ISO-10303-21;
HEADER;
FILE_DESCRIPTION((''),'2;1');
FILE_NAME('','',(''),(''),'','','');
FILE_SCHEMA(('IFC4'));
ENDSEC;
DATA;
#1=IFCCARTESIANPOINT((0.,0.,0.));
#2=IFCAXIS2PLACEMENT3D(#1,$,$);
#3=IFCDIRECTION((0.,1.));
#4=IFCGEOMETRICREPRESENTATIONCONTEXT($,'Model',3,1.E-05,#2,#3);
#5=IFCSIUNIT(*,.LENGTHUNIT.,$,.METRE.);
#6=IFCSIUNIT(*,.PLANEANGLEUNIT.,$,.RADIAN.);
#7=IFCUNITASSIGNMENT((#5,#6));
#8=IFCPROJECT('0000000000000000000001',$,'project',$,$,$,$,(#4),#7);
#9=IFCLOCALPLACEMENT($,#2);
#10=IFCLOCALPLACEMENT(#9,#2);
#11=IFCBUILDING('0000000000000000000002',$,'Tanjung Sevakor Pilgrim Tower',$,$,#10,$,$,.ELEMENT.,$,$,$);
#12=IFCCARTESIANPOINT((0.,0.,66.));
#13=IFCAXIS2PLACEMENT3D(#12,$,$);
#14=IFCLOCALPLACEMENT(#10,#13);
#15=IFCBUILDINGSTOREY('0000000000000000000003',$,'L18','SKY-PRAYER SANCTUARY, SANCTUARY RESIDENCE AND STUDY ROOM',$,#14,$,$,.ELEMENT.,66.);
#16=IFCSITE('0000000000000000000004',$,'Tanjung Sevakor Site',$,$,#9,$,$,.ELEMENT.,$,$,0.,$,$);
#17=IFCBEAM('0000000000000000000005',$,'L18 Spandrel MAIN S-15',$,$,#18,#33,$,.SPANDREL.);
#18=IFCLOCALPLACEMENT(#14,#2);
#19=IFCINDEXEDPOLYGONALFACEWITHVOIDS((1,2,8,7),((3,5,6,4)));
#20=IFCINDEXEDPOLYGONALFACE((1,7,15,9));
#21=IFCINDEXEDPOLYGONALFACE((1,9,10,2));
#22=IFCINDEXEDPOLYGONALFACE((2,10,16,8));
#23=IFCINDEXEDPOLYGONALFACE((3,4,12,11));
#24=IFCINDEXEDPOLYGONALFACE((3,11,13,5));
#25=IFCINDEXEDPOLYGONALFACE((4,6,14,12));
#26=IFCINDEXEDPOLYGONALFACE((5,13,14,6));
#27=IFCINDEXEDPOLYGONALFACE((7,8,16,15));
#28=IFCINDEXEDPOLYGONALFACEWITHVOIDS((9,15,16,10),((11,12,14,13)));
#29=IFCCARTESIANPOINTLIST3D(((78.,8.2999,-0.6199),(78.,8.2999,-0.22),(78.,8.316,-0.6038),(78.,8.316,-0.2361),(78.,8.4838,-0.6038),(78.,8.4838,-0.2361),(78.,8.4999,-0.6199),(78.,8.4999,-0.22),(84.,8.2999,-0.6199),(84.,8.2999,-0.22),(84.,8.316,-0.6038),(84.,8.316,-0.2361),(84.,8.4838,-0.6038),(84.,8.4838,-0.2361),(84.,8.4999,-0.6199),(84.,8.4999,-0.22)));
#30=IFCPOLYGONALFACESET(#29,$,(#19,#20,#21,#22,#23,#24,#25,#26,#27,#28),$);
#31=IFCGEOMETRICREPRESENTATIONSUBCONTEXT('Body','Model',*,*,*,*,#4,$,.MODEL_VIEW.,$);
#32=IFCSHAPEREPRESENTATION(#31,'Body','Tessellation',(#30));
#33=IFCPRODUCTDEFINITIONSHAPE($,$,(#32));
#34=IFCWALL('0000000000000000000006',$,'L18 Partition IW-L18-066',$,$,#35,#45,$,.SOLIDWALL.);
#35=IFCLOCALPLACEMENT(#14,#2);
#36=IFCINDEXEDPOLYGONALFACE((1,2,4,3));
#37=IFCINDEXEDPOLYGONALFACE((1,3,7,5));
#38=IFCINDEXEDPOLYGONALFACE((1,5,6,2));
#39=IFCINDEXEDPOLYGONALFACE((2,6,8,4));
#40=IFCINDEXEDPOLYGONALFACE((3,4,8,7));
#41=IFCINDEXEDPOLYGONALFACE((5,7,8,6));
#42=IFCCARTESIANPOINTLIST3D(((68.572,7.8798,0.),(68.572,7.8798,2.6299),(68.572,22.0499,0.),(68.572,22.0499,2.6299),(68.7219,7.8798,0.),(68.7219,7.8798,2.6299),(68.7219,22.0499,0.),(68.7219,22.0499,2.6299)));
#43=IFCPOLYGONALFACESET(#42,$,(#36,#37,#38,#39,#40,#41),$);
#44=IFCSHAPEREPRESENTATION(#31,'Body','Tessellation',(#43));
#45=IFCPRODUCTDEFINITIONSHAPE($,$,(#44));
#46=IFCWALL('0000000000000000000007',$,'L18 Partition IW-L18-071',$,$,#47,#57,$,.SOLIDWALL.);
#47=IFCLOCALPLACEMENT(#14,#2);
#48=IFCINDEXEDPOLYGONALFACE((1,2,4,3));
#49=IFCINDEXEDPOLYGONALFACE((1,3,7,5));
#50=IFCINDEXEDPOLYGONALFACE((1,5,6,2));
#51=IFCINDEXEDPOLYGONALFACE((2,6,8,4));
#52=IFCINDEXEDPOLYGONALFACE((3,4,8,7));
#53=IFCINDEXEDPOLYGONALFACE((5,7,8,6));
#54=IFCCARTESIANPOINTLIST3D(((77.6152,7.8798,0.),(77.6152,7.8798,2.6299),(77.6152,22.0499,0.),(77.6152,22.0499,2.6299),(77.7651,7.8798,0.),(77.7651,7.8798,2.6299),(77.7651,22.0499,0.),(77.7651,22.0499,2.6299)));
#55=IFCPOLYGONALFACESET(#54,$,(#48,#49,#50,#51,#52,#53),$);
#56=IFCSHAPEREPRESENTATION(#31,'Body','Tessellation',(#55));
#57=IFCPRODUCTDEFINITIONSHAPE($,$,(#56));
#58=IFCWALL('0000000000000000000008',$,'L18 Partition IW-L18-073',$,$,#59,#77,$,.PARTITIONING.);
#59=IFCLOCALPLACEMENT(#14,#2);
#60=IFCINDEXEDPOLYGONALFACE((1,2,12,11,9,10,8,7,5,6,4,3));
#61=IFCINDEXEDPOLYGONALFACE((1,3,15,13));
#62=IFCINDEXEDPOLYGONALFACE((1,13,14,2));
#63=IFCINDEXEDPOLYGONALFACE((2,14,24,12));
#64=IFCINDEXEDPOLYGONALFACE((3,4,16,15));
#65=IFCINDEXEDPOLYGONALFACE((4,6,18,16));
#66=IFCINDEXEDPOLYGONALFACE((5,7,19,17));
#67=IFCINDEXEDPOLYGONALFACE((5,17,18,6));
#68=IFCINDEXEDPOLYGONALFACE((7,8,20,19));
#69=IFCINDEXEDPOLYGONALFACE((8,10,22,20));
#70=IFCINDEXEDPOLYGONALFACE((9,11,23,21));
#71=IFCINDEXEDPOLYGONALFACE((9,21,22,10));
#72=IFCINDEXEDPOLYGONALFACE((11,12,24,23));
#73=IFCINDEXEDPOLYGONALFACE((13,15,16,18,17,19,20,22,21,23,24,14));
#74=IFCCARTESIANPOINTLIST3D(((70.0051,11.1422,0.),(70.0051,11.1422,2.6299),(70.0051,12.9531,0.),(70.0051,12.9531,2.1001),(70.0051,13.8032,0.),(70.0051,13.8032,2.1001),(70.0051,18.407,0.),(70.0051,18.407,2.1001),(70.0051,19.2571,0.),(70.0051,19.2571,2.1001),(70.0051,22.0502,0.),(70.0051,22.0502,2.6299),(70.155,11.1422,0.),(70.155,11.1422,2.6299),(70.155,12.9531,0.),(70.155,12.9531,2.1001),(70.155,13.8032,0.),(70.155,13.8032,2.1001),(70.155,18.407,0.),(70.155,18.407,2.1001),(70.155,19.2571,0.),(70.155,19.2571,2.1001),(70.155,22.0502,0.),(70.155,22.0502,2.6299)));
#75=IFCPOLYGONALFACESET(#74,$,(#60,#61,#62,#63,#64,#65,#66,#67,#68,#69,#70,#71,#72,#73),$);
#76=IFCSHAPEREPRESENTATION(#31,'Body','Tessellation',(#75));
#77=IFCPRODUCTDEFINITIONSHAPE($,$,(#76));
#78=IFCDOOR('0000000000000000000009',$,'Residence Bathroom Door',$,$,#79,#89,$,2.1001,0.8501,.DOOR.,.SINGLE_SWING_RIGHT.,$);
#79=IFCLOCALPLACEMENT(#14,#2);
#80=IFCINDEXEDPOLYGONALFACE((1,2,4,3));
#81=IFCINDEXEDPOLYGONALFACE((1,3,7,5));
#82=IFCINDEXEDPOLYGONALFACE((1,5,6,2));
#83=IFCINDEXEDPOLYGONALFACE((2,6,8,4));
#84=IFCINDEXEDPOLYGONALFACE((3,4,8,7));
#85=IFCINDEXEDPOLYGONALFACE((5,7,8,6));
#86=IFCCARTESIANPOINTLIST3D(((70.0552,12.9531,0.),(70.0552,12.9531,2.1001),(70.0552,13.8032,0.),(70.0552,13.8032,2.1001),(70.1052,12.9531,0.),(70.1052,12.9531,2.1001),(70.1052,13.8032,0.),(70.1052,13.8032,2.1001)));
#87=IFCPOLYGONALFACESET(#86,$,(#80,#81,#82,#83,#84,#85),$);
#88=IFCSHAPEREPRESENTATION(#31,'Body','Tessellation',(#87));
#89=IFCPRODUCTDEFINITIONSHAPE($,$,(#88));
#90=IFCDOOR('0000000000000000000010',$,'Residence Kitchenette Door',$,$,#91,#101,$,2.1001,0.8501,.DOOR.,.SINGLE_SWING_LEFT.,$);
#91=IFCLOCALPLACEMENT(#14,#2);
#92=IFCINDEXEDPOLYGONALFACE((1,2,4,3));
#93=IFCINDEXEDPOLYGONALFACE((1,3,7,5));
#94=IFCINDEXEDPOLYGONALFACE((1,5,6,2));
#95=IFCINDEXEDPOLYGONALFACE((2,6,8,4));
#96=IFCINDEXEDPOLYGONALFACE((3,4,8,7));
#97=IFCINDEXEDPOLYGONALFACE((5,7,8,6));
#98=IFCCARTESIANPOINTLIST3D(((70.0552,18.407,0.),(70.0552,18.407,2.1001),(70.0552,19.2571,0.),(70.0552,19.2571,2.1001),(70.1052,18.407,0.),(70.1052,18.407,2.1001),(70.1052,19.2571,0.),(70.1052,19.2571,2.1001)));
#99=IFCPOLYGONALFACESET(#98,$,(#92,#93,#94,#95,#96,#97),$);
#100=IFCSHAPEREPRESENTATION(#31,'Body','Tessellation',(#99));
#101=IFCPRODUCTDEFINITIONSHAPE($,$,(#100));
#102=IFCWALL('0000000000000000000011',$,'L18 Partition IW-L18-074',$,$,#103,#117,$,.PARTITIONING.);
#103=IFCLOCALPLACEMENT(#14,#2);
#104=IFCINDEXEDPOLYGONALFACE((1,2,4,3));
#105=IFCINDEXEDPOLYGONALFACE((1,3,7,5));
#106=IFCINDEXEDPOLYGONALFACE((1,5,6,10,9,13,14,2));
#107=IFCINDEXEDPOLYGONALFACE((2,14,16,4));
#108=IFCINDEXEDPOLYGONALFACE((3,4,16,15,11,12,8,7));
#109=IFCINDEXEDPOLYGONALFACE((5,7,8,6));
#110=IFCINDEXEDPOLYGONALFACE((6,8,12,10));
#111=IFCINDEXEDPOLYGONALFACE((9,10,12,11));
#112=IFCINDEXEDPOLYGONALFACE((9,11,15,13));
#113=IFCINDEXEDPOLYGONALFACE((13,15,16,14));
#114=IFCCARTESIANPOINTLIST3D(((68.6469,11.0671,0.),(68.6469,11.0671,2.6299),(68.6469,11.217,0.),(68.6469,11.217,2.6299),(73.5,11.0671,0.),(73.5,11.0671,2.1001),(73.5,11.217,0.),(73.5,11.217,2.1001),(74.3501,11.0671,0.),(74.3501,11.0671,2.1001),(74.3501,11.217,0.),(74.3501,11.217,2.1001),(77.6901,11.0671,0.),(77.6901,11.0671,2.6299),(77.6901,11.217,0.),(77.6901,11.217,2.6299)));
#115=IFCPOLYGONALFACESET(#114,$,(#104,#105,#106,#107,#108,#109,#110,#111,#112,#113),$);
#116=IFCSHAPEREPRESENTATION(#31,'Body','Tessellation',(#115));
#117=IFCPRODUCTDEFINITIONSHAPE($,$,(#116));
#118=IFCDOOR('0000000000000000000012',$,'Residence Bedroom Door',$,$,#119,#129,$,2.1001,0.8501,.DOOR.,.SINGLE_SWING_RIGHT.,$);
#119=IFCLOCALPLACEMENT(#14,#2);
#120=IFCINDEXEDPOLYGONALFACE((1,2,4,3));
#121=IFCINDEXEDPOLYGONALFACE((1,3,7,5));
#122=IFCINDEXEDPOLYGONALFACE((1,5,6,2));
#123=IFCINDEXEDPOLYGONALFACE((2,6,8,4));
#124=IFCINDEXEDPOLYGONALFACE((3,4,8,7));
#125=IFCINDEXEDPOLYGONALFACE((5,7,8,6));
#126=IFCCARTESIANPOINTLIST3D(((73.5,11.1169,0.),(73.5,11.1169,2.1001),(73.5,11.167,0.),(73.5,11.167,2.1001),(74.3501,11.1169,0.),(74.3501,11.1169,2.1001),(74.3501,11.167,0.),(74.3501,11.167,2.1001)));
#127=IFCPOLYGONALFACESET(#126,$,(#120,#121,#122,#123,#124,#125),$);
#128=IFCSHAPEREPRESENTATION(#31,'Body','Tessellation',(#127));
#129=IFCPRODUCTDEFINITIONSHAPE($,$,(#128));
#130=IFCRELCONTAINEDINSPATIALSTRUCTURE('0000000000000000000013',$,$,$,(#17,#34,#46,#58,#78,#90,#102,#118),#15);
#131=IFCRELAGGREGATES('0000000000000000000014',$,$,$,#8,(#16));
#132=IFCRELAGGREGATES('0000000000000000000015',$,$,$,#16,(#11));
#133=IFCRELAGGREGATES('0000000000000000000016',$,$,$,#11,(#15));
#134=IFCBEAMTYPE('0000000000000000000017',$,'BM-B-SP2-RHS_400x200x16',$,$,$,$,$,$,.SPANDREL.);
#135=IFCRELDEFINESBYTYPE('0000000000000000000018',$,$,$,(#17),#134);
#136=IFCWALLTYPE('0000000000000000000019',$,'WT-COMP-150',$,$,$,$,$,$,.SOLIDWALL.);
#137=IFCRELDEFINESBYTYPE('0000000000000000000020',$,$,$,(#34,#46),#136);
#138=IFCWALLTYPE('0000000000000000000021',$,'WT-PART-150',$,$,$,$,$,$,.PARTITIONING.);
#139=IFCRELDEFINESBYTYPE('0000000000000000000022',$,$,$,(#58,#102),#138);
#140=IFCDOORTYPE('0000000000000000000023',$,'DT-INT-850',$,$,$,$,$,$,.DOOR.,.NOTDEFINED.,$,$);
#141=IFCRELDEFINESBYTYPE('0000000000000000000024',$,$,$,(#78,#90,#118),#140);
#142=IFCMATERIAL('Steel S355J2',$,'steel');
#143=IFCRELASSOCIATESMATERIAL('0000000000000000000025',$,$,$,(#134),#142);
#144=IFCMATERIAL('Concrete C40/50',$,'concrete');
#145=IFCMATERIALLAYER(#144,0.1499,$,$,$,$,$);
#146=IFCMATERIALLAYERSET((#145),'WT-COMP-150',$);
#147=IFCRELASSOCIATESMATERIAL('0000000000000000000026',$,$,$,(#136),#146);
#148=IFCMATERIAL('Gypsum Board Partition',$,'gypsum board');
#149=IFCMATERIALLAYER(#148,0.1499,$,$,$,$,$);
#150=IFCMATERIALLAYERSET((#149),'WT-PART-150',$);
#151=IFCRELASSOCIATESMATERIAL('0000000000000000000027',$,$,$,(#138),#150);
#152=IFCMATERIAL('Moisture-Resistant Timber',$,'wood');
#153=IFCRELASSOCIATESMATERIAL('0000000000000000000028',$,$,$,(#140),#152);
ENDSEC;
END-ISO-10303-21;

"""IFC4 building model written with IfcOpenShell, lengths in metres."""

from ifc_helpers import new_model, si_unit, direction, frame, frame_2d, origin, origin_2d, place, context, subcontext, project, spatial, rectangle, hollow_rectangle, extrude, material, layer, layer_set, material_profile, profile_set, type_object, element, fill, save


model = new_model("IFC4")

# Units and contexts
model_context = context("Model", 3, precision=1e-05, world=origin(), true_north=direction((0.0, 1.0)))
body_context = subcontext(model_context, "Body", "Model", "MODEL_VIEW")
ifc_project = project(units=[si_unit("LENGTHUNIT", "METRE"), si_unit("PLANEANGLEUNIT", "RADIAN")], contexts=[model_context])

# Site, building, storey
site_placement = place(None, origin())
site = spatial("IfcSite", under=ifc_project, at=site_placement, Name="Tanjung Sevakor Site", CompositionType="ELEMENT", RefElevation=0.0)
building_placement = place(site_placement, origin())
building = spatial("IfcBuilding", under=site, at=building_placement, Name="Tanjung Sevakor Pilgrim Tower", CompositionType="ELEMENT")
storey_placement = place(building_placement, frame((0.0, 0.0, 66.0)))
storey = spatial("IfcBuildingStorey", under=building, at=storey_placement, Name="L18", Description="SKY-PRAYER SANCTUARY, SANCTUARY RESIDENCE AND STUDY ROOM", CompositionType="ELEMENT", Elevation=66.0)

# Beam
ifc_material_1 = material(Name="Steel S355J2", Category="steel")
ifc_material_profile_1 = material_profile(ifc_material_1, hollow_rectangle(XDim=0.2, YDim=0.3999, WallThickness=0.0161, at=origin_2d()))
ifc_profile_set_1 = profile_set([ifc_material_profile_1], Name="Steel S355J2")
beam_type_1 = type_object("IfcBeamType", Name="BM-B-SP2-RHS_400x200x16", PredefinedType="SPANDREL", material=ifc_profile_set_1)
for number, where, z_axis, x_axis, name in (
    (1, (78.0, 8.3999, -0.4199), (1.0, 0.0, 0.0), (0.0, 1.0, 0.0), "L18 Spandrel MAIN S-15"),
):
    element("IfcBeam", number, at=place(storey_placement, frame(where, z_axis=z_axis, x_axis=x_axis)), inside=storey, type_object=beam_type_1, Name=name, PredefinedType="SPANDREL", context=body_context, shape_type="SweptSolid", body=[
        extrude(hollow_rectangle(XDim=0.2, YDim=0.3999, WallThickness=0.0161, at=origin_2d()), origin(), (0.0, 0.0, 1.0), 6.0),
    ])

# Walls
ifc_material_2 = material(Name="Concrete C40/50", Category="concrete")
ifc_layer_1 = layer(ifc_material_2, 0.1499)
ifc_layer_set_1 = layer_set([ifc_layer_1], Name="WT-COMP-150")
wall_type_1 = type_object("IfcWallType", Name="WT-COMP-150", PredefinedType="SOLIDWALL", material=ifc_layer_set_1)
for number, where, z_axis, x_axis, name in (
    (2, (68.647, 7.8799, 0.0), (0.0, 0.0, 1.0), (0.0, 1.0, 0.0), "L18 Partition IW-L18-066"),
    (3, (77.6902, 7.8799, 0.0), (0.0, 0.0, 1.0), (0.0, 1.0, 0.0), "L18 Partition IW-L18-071"),
):
    element("IfcWall", number, at=place(storey_placement, frame(where, z_axis=z_axis, x_axis=x_axis)), inside=storey, type_object=wall_type_1, Name=name, PredefinedType="SOLIDWALL", context=body_context, shape_type="SweptSolid", body=[
        extrude(rectangle(XDim=14.1702, YDim=0.1499, at=frame_2d((7.085, 0.0))), origin(), (0.0, 0.0, 1.0), 2.6299),
    ])

# Wall, openings, doors
ifc_material_3 = material(Name="Gypsum Board Partition", Category="gypsum board")
ifc_layer_2 = layer(ifc_material_3, 0.1499)
ifc_layer_set_2 = layer_set([ifc_layer_2], Name="WT-PART-150")
wall_type_2 = type_object("IfcWallType", Name="WT-PART-150", PredefinedType="PARTITIONING", material=ifc_layer_set_2)
wall_1_placement = place(storey_placement, frame((70.0801, 11.1421, 0.0), z_axis=(0.0, 0.0, 1.0), x_axis=(0.0, 1.0, 0.0)))
wall_1 = element("IfcWall", 4, at=wall_1_placement, inside=storey, type_object=wall_type_2, Name="L18 Partition IW-L18-073", PredefinedType="PARTITIONING", context=body_context, shape_type="SweptSolid", body=[
    extrude(rectangle(XDim=10.908, YDim=0.1499, at=frame_2d((5.4541, 0.0))), origin(), (0.0, 0.0, 1.0), 2.6299),
])
opening_1_placement = place(wall_1_placement, frame((1.811, 0.0, 0.0)))
opening_1 = element("IfcOpeningElement", 5, at=opening_1_placement, cuts=wall_1, PredefinedType="OPENING", context=body_context, shape_type="SweptSolid", body=[
    extrude(rectangle(XDim=0.8501, YDim=2.1001, at=frame_2d((0.425, 1.05))), frame((0.0, 0.085, 0.0), z_axis=(0.0, -1.0, 0.0), x_axis=(1.0, 0.0, 0.0)), (0.0, 0.0, 1.0), 0.1699),
])
opening_2_placement = place(wall_1_placement, frame((7.2649, 0.0, 0.0)))
opening_2 = element("IfcOpeningElement", 6, at=opening_2_placement, cuts=wall_1, PredefinedType="OPENING", context=body_context, shape_type="SweptSolid", body=[
    extrude(rectangle(XDim=0.8501, YDim=2.1001, at=frame_2d((0.425, 1.05))), frame((0.0, 0.085, 0.0), z_axis=(0.0, -1.0, 0.0), x_axis=(1.0, 0.0, 0.0)), (0.0, 0.0, 1.0), 0.1699),
])
ifc_material_4 = material(Name="Moisture-Resistant Timber", Category="wood")
door_type = type_object("IfcDoorType", Name="DT-INT-850", OperationType="NOTDEFINED", PredefinedType="DOOR", material=ifc_material_4)
door_1_placement = place(opening_1_placement, origin())
door_1 = element("IfcDoor", 7, at=door_1_placement, inside=storey, type_object=door_type, Name="Residence Bathroom Door", OperationType="SINGLE_SWING_RIGHT", OverallHeight=2.1001, OverallWidth=0.8501, PredefinedType="DOOR", context=body_context, shape_type="SweptSolid", body=[
    extrude(rectangle(XDim=0.8501, YDim=2.1001, at=frame_2d((0.425, 1.05))), frame((0.0, 0.0249, 0.0), z_axis=(0.0, -1.0, 0.0), x_axis=(1.0, 0.0, 0.0)), (0.0, 0.0, 1.0), 0.05),
])
fill(opening_1, door_1)
door_2_placement = place(opening_2_placement, origin())
door_2 = element("IfcDoor", 8, at=door_2_placement, inside=storey, type_object=door_type, Name="Residence Kitchenette Door", OperationType="SINGLE_SWING_LEFT", OverallHeight=2.1001, OverallWidth=0.8501, PredefinedType="DOOR", context=body_context, shape_type="SweptSolid", body=[
    extrude(rectangle(XDim=0.8501, YDim=2.1001, at=frame_2d((0.425, 1.05))), frame((0.0, 0.0249, 0.0), z_axis=(0.0, -1.0, 0.0), x_axis=(1.0, 0.0, 0.0)), (0.0, 0.0, 1.0), 0.05),
])
fill(opening_2, door_2)

# Wall, opening, door
wall_2_placement = place(storey_placement, frame((68.647, 11.1421, 0.0), z_axis=(0.0, 0.0, 1.0), x_axis=(1.0, 0.0, 0.0)))
wall_2 = element("IfcWall", 9, at=wall_2_placement, inside=storey, type_object=wall_type_2, Name="L18 Partition IW-L18-074", PredefinedType="PARTITIONING", context=body_context, shape_type="SweptSolid", body=[
    extrude(rectangle(XDim=9.0432, YDim=0.1499, at=frame_2d((4.5215, 0.0))), origin(), (0.0, 0.0, 1.0), 2.6299),
])
opening_3_placement = place(wall_2_placement, frame((4.853, 0.0, 0.0)))
opening_3 = element("IfcOpeningElement", 10, at=opening_3_placement, cuts=wall_2, PredefinedType="OPENING", context=body_context, shape_type="SweptSolid", body=[
    extrude(rectangle(XDim=0.8501, YDim=2.1001, at=frame_2d((0.425, 1.05))), frame((0.0, 0.085, 0.0), z_axis=(0.0, -1.0, 0.0), x_axis=(1.0, 0.0, 0.0)), (0.0, 0.0, 1.0), 0.1699),
])
door_3_placement = place(opening_3_placement, origin())
door_3 = element("IfcDoor", 11, at=door_3_placement, inside=storey, type_object=door_type, Name="Residence Bedroom Door", OperationType="SINGLE_SWING_RIGHT", OverallHeight=2.1001, OverallWidth=0.8501, PredefinedType="DOOR", context=body_context, shape_type="SweptSolid", body=[
    extrude(rectangle(XDim=0.8501, YDim=2.1001, at=frame_2d((0.425, 1.05))), frame((0.0, 0.0249, 0.0), z_axis=(0.0, -1.0, 0.0), x_axis=(1.0, 0.0, 0.0)), (0.0, 0.0, 1.0), 0.05),
])
fill(opening_3, door_3)

save(model, "model.ifc")
